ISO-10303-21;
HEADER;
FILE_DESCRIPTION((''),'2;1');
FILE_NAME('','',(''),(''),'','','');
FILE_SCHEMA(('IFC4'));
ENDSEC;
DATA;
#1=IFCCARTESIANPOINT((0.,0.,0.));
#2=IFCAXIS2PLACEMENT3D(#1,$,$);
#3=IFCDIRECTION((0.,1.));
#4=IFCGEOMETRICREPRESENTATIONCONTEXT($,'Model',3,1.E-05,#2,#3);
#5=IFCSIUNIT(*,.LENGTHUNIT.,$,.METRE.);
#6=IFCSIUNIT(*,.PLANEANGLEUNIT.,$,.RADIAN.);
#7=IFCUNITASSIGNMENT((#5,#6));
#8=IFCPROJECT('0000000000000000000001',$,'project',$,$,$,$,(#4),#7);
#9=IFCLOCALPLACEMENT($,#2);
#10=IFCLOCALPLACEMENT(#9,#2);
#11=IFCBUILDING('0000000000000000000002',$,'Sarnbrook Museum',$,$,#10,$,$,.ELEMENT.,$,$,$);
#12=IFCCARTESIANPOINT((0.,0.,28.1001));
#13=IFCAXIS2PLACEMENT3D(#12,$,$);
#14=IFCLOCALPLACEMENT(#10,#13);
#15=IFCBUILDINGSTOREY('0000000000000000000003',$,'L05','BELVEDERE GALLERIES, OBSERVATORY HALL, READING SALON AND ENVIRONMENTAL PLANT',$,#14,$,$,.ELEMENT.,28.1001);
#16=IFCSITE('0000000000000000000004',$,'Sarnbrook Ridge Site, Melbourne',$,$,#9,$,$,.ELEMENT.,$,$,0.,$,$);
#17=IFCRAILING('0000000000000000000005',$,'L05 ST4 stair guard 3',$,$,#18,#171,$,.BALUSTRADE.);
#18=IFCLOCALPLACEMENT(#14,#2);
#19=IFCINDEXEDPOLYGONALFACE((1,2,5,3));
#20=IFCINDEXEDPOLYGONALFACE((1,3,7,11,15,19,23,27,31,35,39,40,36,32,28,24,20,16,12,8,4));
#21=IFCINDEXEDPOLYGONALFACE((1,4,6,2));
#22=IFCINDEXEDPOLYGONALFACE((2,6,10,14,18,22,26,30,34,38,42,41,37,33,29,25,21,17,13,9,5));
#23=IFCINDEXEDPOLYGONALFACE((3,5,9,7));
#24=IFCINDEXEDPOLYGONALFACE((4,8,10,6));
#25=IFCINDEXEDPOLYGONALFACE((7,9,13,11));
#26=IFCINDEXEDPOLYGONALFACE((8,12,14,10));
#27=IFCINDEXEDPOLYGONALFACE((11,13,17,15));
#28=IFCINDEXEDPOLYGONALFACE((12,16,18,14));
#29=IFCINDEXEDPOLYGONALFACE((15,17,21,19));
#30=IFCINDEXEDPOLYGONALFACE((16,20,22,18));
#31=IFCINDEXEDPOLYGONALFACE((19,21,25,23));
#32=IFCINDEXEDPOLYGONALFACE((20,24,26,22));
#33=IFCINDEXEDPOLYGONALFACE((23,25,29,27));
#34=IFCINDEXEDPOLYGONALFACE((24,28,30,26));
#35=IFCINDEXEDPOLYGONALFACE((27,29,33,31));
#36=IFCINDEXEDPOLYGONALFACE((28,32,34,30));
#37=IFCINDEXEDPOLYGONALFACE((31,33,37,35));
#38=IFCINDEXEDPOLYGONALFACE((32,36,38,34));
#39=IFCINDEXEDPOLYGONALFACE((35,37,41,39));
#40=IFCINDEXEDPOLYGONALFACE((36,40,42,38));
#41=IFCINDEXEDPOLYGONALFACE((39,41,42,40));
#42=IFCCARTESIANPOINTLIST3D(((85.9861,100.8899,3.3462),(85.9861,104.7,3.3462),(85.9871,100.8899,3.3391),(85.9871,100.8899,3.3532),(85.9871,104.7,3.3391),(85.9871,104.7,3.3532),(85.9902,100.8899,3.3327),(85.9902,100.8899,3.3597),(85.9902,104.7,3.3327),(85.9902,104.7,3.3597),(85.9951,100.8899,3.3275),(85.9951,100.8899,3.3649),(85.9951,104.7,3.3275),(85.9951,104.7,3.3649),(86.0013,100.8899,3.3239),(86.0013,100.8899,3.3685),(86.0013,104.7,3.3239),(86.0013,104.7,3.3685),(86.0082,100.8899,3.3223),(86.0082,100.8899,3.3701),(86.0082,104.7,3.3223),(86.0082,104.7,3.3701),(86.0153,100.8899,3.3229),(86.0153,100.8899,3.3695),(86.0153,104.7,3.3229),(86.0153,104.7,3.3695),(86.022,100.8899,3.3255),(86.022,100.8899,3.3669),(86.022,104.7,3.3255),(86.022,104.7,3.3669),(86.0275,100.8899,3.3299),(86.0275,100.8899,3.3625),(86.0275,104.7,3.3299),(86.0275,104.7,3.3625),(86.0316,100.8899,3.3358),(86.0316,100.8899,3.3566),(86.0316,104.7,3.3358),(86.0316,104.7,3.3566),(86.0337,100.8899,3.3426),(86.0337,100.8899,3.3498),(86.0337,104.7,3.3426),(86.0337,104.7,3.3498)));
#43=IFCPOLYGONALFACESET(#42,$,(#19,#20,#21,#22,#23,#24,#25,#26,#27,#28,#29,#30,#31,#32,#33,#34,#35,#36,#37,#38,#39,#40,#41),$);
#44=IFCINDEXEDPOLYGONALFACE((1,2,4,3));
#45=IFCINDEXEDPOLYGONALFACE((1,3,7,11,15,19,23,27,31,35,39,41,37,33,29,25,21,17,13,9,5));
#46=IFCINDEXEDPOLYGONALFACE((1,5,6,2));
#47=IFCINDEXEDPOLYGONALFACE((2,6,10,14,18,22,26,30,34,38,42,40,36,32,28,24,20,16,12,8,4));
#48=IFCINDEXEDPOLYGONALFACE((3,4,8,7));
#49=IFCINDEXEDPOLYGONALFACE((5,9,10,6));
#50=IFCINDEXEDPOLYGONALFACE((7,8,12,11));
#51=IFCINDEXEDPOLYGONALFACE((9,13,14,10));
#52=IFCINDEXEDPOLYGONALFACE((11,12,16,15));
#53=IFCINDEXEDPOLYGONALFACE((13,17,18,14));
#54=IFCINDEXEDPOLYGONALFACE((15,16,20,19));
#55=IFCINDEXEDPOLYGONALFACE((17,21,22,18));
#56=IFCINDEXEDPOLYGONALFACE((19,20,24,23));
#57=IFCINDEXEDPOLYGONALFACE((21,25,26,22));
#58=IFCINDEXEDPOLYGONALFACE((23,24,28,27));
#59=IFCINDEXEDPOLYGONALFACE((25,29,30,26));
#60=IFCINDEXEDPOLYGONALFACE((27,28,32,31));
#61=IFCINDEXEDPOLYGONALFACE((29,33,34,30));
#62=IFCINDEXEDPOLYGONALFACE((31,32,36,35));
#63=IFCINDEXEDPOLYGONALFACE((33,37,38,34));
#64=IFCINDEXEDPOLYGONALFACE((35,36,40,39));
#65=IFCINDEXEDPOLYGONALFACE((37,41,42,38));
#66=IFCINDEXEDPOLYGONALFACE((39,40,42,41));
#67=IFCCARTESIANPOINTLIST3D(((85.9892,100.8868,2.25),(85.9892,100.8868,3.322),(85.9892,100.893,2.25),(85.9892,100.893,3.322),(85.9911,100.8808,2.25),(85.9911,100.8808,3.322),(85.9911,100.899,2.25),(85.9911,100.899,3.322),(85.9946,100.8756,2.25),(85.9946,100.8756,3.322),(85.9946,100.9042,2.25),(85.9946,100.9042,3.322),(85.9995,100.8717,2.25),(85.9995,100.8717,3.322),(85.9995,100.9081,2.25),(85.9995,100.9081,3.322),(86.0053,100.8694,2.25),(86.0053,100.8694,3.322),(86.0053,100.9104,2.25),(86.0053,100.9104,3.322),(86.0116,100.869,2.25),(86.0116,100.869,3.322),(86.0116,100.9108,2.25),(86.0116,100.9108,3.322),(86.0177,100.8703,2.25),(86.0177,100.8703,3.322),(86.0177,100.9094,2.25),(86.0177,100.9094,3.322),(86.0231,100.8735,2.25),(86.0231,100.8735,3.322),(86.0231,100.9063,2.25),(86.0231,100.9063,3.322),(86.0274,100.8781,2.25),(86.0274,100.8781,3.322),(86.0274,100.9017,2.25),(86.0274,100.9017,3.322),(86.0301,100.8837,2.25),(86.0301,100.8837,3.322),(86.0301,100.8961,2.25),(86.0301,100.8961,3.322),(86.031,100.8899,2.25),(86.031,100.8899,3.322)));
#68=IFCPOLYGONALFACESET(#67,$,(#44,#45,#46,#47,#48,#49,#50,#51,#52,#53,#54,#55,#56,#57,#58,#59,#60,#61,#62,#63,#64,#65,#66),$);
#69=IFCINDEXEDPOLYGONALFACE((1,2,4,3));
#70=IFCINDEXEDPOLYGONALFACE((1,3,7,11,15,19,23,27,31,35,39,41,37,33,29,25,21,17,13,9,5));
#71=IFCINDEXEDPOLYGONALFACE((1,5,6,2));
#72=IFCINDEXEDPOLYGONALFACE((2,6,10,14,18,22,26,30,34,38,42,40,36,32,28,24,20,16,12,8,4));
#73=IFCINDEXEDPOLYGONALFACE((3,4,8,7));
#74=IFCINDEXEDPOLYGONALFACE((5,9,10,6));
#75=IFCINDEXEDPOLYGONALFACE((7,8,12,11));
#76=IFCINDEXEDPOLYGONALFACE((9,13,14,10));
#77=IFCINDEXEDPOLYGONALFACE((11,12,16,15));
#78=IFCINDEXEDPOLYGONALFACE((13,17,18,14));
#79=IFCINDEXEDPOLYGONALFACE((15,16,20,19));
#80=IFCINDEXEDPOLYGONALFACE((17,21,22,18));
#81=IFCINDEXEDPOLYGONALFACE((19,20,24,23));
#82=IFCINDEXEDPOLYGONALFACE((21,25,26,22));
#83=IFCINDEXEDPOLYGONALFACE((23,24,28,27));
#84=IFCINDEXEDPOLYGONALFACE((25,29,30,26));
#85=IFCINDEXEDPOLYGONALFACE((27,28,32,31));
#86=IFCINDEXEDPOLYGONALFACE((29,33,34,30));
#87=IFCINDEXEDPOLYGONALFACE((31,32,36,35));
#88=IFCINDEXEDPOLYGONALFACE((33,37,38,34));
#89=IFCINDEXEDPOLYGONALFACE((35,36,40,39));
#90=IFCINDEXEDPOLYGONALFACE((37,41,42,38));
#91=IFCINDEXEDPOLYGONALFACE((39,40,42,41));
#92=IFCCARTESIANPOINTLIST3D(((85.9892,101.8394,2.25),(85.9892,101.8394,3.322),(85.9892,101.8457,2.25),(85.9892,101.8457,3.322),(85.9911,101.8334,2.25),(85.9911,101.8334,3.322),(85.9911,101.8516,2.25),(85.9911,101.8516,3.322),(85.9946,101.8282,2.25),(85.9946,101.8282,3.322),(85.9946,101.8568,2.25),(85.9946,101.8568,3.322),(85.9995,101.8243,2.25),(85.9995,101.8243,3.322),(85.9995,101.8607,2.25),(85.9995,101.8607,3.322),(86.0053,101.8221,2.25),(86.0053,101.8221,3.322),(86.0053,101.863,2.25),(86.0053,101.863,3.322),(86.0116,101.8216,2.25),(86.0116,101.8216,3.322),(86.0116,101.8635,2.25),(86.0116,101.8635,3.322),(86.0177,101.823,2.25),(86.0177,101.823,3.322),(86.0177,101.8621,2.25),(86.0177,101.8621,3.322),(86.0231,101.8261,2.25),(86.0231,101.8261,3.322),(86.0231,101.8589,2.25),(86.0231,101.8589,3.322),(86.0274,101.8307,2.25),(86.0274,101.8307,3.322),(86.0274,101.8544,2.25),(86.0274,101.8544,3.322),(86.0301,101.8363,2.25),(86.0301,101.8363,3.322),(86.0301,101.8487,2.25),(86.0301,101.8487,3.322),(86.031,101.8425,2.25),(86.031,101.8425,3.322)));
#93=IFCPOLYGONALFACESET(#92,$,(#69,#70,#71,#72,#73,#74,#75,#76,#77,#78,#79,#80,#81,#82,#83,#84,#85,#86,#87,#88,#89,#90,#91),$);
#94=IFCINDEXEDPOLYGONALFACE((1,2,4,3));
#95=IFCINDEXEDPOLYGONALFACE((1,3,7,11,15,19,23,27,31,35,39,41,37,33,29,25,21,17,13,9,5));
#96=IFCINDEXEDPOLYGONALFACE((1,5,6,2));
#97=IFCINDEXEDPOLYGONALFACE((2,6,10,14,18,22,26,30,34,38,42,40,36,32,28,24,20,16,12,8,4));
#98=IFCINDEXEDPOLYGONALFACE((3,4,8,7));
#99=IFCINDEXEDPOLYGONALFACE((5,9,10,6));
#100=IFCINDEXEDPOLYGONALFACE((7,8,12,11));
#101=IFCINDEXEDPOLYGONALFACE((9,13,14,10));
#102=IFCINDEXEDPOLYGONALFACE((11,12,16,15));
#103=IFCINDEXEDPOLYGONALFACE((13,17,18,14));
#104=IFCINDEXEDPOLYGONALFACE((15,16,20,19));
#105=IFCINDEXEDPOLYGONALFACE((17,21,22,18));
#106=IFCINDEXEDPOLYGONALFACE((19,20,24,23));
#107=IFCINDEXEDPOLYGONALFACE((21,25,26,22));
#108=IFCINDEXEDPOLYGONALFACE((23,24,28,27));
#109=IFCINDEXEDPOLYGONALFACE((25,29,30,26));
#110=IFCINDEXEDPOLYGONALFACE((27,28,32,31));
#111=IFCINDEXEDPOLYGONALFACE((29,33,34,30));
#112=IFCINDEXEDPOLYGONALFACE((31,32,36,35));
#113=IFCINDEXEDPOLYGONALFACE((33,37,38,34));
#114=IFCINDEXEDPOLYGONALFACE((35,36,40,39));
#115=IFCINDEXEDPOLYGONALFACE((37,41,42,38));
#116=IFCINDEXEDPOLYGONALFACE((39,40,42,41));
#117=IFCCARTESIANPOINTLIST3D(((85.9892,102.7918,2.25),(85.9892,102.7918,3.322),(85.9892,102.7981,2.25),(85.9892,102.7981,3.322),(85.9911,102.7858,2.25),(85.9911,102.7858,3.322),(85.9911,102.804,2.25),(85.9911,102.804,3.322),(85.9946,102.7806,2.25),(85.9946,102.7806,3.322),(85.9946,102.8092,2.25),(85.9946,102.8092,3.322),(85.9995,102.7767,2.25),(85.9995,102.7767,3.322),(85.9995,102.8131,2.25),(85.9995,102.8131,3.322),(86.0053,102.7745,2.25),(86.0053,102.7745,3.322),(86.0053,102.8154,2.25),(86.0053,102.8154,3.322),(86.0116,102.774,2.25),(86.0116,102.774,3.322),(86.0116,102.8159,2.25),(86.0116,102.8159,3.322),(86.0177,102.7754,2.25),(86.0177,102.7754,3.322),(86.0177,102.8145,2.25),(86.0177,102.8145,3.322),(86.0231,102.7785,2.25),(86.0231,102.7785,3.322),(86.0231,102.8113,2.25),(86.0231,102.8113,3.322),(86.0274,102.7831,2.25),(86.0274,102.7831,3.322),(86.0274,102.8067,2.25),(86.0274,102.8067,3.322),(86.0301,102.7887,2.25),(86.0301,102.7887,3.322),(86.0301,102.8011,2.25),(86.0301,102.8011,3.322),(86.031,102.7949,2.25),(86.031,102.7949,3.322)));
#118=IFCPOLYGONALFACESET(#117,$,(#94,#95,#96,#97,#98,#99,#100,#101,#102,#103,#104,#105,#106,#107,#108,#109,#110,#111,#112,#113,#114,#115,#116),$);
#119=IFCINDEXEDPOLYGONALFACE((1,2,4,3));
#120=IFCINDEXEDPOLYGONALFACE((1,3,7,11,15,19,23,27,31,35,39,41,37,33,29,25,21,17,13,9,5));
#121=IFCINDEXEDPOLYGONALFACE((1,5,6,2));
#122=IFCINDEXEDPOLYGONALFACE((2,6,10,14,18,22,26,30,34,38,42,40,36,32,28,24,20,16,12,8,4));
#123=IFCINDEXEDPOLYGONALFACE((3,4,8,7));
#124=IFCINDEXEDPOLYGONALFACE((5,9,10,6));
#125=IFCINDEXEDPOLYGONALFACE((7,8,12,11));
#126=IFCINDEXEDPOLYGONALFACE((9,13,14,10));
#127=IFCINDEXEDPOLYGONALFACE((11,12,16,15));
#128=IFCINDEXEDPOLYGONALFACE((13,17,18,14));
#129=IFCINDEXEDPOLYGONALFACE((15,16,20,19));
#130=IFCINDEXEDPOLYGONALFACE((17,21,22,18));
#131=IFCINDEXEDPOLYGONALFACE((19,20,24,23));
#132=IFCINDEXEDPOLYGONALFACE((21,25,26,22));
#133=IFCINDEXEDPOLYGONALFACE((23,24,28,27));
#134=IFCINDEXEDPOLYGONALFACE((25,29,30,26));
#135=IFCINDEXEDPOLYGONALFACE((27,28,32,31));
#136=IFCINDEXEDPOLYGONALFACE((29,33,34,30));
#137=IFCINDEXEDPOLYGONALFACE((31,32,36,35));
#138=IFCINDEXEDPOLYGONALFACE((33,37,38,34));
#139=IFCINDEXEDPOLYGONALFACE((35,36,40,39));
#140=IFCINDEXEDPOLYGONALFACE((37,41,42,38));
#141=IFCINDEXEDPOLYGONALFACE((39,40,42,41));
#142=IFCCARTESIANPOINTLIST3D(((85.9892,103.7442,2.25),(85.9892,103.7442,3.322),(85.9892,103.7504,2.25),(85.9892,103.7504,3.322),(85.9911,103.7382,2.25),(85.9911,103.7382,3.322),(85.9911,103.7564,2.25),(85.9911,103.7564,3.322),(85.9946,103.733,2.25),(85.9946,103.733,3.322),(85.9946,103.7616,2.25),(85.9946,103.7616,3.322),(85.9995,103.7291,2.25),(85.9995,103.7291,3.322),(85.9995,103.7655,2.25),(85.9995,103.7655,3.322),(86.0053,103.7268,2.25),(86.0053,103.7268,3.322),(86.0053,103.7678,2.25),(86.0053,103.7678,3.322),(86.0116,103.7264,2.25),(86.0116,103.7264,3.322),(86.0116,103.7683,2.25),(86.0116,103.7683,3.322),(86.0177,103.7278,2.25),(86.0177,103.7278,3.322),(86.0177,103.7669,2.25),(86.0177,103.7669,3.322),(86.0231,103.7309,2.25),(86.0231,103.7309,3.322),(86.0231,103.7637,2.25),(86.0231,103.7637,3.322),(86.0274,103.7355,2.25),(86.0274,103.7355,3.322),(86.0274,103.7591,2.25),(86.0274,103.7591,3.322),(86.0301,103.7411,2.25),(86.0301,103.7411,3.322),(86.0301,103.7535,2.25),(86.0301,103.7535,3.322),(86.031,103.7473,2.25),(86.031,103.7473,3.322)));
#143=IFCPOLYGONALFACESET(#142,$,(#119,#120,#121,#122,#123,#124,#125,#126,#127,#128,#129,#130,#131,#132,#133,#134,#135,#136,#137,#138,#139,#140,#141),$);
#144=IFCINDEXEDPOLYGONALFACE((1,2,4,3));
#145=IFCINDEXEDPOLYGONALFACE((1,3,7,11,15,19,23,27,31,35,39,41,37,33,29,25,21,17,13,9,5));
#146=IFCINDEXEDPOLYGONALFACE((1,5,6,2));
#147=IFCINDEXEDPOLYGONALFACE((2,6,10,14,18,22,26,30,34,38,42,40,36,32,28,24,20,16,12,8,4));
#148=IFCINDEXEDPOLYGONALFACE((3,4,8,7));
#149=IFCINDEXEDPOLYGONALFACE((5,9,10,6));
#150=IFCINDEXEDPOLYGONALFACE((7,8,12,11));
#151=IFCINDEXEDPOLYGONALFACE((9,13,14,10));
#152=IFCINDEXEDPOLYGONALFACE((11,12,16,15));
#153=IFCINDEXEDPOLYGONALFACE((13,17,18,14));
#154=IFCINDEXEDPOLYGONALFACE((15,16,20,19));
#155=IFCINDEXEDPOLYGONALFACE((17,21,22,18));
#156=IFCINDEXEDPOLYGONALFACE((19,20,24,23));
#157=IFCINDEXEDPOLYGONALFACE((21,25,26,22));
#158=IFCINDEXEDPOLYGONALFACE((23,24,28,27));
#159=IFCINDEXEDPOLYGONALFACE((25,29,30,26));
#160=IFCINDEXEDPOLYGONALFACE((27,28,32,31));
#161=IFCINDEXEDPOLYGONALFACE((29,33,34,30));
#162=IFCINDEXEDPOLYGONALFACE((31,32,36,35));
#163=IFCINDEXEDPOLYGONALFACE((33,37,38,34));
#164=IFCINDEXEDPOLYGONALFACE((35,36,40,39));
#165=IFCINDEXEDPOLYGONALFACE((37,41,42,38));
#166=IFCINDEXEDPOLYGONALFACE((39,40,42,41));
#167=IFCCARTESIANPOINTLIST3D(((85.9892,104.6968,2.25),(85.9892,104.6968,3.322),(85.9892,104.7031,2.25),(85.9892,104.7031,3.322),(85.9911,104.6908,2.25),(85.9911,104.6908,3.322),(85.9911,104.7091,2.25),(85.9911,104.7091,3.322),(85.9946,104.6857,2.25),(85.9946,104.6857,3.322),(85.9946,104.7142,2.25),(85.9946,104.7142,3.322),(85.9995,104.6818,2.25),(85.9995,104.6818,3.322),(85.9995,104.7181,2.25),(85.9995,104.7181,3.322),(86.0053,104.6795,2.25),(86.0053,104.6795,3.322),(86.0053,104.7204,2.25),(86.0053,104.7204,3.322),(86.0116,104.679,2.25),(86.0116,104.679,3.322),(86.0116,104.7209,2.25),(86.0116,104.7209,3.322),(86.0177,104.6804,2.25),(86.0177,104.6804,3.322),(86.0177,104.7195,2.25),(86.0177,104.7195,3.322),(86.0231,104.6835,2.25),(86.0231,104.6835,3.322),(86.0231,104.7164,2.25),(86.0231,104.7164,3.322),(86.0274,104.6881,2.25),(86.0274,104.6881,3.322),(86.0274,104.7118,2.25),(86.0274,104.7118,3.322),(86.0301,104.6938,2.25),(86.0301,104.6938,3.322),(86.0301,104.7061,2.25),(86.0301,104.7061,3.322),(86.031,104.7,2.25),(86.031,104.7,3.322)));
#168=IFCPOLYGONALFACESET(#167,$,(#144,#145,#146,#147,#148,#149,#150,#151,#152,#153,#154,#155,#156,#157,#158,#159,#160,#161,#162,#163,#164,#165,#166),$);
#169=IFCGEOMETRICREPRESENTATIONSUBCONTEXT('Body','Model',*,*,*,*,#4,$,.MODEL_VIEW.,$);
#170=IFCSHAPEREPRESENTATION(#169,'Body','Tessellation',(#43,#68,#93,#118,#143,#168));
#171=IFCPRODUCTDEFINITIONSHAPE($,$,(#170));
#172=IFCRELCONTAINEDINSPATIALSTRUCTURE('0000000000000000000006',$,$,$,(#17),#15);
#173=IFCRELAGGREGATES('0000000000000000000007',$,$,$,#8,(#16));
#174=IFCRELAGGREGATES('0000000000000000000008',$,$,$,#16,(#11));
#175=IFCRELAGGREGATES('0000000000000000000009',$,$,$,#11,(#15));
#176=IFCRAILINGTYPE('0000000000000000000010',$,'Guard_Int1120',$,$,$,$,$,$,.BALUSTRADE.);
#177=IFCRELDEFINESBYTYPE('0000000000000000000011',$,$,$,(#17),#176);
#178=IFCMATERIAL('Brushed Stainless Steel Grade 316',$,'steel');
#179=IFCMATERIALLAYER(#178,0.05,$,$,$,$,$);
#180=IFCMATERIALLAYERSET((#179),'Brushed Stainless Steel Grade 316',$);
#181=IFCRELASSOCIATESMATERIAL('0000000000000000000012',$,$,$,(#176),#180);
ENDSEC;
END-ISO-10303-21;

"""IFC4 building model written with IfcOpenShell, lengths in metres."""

from ifc_helpers import new_model, si_unit, direction, frame, origin, origin_2d, place, context, subcontext, project, spatial, circle, extrude, material, layer, layer_set, type_object, element, save


model = new_model("IFC4")

# Units and contexts
model_context = context("Model", 3, precision=1e-05, world=origin(), true_north=direction((0.0, 1.0)))
body_context = subcontext(model_context, "Body", "Model", "MODEL_VIEW")
ifc_project = project(units=[si_unit("LENGTHUNIT", "METRE"), si_unit("PLANEANGLEUNIT", "RADIAN")], contexts=[model_context])

# Site, building, storey
site_placement = place(None, origin())
site = spatial("IfcSite", under=ifc_project, at=site_placement, Name="Sarnbrook Ridge Site, Melbourne", CompositionType="ELEMENT", RefElevation=0.0)
building_placement = place(site_placement, origin())
building = spatial("IfcBuilding", under=site, at=building_placement, Name="Sarnbrook Museum", CompositionType="ELEMENT")
storey_placement = place(building_placement, frame((0.0, 0.0, 28.1001)))
storey = spatial("IfcBuildingStorey", under=building, at=storey_placement, Name="L05", Description="BELVEDERE GALLERIES, OBSERVATORY HALL, READING SALON AND ENVIRONMENTAL PLANT", CompositionType="ELEMENT", Elevation=28.1001)

# Shared definitions
ifc_material_1 = material(Name="Brushed Stainless Steel Grade 316", Category="steel")

# Railing
ifc_layer_1 = layer(ifc_material_1, 0.05)
ifc_layer_set_1 = layer_set([ifc_layer_1], Name="Brushed Stainless Steel Grade 316")
railing_type_1 = type_object("IfcRailingType", Name="Guard_Int1120", PredefinedType="BALUSTRADE", material=ifc_layer_set_1)
for number, where, name in (
    (1, (86.01, 100.8899, 2.25), "L05 ST4 stair guard 3"),
):
    element("IfcRailing", number, at=place(storey_placement, frame(where)), inside=storey, type_object=railing_type_1, Name=name, PredefinedType="BALUSTRADE", context=body_context, shape_type="SweptSolid", body=[
        extrude(circle(Radius=0.0239, at=origin_2d()), frame((0.0, 0.0, 1.0962), z_axis=(0.0, 1.0, 0.0), x_axis=(-1.0, 0.0, 0.0)), (0.0, 0.0, 1.0), 3.8101),
        extrude(circle(Radius=0.021, at=origin_2d()), origin(), (0.0, 0.0, 1.0), 1.072),
        extrude(circle(Radius=0.021, at=origin_2d()), frame((0.0, 0.9526, 0.0)), (0.0, 0.0, 1.0), 1.072),
        extrude(circle(Radius=0.021, at=origin_2d()), frame((0.0, 1.905, 0.0)), (0.0, 0.0, 1.0), 1.072),
        extrude(circle(Radius=0.021, at=origin_2d()), frame((0.0, 2.8574, 0.0)), (0.0, 0.0, 1.0), 1.072),
        extrude(circle(Radius=0.021, at=origin_2d()), frame((0.0, 3.8101, 0.0)), (0.0, 0.0, 1.0), 1.072),
    ])

save(model, "model.ifc")
